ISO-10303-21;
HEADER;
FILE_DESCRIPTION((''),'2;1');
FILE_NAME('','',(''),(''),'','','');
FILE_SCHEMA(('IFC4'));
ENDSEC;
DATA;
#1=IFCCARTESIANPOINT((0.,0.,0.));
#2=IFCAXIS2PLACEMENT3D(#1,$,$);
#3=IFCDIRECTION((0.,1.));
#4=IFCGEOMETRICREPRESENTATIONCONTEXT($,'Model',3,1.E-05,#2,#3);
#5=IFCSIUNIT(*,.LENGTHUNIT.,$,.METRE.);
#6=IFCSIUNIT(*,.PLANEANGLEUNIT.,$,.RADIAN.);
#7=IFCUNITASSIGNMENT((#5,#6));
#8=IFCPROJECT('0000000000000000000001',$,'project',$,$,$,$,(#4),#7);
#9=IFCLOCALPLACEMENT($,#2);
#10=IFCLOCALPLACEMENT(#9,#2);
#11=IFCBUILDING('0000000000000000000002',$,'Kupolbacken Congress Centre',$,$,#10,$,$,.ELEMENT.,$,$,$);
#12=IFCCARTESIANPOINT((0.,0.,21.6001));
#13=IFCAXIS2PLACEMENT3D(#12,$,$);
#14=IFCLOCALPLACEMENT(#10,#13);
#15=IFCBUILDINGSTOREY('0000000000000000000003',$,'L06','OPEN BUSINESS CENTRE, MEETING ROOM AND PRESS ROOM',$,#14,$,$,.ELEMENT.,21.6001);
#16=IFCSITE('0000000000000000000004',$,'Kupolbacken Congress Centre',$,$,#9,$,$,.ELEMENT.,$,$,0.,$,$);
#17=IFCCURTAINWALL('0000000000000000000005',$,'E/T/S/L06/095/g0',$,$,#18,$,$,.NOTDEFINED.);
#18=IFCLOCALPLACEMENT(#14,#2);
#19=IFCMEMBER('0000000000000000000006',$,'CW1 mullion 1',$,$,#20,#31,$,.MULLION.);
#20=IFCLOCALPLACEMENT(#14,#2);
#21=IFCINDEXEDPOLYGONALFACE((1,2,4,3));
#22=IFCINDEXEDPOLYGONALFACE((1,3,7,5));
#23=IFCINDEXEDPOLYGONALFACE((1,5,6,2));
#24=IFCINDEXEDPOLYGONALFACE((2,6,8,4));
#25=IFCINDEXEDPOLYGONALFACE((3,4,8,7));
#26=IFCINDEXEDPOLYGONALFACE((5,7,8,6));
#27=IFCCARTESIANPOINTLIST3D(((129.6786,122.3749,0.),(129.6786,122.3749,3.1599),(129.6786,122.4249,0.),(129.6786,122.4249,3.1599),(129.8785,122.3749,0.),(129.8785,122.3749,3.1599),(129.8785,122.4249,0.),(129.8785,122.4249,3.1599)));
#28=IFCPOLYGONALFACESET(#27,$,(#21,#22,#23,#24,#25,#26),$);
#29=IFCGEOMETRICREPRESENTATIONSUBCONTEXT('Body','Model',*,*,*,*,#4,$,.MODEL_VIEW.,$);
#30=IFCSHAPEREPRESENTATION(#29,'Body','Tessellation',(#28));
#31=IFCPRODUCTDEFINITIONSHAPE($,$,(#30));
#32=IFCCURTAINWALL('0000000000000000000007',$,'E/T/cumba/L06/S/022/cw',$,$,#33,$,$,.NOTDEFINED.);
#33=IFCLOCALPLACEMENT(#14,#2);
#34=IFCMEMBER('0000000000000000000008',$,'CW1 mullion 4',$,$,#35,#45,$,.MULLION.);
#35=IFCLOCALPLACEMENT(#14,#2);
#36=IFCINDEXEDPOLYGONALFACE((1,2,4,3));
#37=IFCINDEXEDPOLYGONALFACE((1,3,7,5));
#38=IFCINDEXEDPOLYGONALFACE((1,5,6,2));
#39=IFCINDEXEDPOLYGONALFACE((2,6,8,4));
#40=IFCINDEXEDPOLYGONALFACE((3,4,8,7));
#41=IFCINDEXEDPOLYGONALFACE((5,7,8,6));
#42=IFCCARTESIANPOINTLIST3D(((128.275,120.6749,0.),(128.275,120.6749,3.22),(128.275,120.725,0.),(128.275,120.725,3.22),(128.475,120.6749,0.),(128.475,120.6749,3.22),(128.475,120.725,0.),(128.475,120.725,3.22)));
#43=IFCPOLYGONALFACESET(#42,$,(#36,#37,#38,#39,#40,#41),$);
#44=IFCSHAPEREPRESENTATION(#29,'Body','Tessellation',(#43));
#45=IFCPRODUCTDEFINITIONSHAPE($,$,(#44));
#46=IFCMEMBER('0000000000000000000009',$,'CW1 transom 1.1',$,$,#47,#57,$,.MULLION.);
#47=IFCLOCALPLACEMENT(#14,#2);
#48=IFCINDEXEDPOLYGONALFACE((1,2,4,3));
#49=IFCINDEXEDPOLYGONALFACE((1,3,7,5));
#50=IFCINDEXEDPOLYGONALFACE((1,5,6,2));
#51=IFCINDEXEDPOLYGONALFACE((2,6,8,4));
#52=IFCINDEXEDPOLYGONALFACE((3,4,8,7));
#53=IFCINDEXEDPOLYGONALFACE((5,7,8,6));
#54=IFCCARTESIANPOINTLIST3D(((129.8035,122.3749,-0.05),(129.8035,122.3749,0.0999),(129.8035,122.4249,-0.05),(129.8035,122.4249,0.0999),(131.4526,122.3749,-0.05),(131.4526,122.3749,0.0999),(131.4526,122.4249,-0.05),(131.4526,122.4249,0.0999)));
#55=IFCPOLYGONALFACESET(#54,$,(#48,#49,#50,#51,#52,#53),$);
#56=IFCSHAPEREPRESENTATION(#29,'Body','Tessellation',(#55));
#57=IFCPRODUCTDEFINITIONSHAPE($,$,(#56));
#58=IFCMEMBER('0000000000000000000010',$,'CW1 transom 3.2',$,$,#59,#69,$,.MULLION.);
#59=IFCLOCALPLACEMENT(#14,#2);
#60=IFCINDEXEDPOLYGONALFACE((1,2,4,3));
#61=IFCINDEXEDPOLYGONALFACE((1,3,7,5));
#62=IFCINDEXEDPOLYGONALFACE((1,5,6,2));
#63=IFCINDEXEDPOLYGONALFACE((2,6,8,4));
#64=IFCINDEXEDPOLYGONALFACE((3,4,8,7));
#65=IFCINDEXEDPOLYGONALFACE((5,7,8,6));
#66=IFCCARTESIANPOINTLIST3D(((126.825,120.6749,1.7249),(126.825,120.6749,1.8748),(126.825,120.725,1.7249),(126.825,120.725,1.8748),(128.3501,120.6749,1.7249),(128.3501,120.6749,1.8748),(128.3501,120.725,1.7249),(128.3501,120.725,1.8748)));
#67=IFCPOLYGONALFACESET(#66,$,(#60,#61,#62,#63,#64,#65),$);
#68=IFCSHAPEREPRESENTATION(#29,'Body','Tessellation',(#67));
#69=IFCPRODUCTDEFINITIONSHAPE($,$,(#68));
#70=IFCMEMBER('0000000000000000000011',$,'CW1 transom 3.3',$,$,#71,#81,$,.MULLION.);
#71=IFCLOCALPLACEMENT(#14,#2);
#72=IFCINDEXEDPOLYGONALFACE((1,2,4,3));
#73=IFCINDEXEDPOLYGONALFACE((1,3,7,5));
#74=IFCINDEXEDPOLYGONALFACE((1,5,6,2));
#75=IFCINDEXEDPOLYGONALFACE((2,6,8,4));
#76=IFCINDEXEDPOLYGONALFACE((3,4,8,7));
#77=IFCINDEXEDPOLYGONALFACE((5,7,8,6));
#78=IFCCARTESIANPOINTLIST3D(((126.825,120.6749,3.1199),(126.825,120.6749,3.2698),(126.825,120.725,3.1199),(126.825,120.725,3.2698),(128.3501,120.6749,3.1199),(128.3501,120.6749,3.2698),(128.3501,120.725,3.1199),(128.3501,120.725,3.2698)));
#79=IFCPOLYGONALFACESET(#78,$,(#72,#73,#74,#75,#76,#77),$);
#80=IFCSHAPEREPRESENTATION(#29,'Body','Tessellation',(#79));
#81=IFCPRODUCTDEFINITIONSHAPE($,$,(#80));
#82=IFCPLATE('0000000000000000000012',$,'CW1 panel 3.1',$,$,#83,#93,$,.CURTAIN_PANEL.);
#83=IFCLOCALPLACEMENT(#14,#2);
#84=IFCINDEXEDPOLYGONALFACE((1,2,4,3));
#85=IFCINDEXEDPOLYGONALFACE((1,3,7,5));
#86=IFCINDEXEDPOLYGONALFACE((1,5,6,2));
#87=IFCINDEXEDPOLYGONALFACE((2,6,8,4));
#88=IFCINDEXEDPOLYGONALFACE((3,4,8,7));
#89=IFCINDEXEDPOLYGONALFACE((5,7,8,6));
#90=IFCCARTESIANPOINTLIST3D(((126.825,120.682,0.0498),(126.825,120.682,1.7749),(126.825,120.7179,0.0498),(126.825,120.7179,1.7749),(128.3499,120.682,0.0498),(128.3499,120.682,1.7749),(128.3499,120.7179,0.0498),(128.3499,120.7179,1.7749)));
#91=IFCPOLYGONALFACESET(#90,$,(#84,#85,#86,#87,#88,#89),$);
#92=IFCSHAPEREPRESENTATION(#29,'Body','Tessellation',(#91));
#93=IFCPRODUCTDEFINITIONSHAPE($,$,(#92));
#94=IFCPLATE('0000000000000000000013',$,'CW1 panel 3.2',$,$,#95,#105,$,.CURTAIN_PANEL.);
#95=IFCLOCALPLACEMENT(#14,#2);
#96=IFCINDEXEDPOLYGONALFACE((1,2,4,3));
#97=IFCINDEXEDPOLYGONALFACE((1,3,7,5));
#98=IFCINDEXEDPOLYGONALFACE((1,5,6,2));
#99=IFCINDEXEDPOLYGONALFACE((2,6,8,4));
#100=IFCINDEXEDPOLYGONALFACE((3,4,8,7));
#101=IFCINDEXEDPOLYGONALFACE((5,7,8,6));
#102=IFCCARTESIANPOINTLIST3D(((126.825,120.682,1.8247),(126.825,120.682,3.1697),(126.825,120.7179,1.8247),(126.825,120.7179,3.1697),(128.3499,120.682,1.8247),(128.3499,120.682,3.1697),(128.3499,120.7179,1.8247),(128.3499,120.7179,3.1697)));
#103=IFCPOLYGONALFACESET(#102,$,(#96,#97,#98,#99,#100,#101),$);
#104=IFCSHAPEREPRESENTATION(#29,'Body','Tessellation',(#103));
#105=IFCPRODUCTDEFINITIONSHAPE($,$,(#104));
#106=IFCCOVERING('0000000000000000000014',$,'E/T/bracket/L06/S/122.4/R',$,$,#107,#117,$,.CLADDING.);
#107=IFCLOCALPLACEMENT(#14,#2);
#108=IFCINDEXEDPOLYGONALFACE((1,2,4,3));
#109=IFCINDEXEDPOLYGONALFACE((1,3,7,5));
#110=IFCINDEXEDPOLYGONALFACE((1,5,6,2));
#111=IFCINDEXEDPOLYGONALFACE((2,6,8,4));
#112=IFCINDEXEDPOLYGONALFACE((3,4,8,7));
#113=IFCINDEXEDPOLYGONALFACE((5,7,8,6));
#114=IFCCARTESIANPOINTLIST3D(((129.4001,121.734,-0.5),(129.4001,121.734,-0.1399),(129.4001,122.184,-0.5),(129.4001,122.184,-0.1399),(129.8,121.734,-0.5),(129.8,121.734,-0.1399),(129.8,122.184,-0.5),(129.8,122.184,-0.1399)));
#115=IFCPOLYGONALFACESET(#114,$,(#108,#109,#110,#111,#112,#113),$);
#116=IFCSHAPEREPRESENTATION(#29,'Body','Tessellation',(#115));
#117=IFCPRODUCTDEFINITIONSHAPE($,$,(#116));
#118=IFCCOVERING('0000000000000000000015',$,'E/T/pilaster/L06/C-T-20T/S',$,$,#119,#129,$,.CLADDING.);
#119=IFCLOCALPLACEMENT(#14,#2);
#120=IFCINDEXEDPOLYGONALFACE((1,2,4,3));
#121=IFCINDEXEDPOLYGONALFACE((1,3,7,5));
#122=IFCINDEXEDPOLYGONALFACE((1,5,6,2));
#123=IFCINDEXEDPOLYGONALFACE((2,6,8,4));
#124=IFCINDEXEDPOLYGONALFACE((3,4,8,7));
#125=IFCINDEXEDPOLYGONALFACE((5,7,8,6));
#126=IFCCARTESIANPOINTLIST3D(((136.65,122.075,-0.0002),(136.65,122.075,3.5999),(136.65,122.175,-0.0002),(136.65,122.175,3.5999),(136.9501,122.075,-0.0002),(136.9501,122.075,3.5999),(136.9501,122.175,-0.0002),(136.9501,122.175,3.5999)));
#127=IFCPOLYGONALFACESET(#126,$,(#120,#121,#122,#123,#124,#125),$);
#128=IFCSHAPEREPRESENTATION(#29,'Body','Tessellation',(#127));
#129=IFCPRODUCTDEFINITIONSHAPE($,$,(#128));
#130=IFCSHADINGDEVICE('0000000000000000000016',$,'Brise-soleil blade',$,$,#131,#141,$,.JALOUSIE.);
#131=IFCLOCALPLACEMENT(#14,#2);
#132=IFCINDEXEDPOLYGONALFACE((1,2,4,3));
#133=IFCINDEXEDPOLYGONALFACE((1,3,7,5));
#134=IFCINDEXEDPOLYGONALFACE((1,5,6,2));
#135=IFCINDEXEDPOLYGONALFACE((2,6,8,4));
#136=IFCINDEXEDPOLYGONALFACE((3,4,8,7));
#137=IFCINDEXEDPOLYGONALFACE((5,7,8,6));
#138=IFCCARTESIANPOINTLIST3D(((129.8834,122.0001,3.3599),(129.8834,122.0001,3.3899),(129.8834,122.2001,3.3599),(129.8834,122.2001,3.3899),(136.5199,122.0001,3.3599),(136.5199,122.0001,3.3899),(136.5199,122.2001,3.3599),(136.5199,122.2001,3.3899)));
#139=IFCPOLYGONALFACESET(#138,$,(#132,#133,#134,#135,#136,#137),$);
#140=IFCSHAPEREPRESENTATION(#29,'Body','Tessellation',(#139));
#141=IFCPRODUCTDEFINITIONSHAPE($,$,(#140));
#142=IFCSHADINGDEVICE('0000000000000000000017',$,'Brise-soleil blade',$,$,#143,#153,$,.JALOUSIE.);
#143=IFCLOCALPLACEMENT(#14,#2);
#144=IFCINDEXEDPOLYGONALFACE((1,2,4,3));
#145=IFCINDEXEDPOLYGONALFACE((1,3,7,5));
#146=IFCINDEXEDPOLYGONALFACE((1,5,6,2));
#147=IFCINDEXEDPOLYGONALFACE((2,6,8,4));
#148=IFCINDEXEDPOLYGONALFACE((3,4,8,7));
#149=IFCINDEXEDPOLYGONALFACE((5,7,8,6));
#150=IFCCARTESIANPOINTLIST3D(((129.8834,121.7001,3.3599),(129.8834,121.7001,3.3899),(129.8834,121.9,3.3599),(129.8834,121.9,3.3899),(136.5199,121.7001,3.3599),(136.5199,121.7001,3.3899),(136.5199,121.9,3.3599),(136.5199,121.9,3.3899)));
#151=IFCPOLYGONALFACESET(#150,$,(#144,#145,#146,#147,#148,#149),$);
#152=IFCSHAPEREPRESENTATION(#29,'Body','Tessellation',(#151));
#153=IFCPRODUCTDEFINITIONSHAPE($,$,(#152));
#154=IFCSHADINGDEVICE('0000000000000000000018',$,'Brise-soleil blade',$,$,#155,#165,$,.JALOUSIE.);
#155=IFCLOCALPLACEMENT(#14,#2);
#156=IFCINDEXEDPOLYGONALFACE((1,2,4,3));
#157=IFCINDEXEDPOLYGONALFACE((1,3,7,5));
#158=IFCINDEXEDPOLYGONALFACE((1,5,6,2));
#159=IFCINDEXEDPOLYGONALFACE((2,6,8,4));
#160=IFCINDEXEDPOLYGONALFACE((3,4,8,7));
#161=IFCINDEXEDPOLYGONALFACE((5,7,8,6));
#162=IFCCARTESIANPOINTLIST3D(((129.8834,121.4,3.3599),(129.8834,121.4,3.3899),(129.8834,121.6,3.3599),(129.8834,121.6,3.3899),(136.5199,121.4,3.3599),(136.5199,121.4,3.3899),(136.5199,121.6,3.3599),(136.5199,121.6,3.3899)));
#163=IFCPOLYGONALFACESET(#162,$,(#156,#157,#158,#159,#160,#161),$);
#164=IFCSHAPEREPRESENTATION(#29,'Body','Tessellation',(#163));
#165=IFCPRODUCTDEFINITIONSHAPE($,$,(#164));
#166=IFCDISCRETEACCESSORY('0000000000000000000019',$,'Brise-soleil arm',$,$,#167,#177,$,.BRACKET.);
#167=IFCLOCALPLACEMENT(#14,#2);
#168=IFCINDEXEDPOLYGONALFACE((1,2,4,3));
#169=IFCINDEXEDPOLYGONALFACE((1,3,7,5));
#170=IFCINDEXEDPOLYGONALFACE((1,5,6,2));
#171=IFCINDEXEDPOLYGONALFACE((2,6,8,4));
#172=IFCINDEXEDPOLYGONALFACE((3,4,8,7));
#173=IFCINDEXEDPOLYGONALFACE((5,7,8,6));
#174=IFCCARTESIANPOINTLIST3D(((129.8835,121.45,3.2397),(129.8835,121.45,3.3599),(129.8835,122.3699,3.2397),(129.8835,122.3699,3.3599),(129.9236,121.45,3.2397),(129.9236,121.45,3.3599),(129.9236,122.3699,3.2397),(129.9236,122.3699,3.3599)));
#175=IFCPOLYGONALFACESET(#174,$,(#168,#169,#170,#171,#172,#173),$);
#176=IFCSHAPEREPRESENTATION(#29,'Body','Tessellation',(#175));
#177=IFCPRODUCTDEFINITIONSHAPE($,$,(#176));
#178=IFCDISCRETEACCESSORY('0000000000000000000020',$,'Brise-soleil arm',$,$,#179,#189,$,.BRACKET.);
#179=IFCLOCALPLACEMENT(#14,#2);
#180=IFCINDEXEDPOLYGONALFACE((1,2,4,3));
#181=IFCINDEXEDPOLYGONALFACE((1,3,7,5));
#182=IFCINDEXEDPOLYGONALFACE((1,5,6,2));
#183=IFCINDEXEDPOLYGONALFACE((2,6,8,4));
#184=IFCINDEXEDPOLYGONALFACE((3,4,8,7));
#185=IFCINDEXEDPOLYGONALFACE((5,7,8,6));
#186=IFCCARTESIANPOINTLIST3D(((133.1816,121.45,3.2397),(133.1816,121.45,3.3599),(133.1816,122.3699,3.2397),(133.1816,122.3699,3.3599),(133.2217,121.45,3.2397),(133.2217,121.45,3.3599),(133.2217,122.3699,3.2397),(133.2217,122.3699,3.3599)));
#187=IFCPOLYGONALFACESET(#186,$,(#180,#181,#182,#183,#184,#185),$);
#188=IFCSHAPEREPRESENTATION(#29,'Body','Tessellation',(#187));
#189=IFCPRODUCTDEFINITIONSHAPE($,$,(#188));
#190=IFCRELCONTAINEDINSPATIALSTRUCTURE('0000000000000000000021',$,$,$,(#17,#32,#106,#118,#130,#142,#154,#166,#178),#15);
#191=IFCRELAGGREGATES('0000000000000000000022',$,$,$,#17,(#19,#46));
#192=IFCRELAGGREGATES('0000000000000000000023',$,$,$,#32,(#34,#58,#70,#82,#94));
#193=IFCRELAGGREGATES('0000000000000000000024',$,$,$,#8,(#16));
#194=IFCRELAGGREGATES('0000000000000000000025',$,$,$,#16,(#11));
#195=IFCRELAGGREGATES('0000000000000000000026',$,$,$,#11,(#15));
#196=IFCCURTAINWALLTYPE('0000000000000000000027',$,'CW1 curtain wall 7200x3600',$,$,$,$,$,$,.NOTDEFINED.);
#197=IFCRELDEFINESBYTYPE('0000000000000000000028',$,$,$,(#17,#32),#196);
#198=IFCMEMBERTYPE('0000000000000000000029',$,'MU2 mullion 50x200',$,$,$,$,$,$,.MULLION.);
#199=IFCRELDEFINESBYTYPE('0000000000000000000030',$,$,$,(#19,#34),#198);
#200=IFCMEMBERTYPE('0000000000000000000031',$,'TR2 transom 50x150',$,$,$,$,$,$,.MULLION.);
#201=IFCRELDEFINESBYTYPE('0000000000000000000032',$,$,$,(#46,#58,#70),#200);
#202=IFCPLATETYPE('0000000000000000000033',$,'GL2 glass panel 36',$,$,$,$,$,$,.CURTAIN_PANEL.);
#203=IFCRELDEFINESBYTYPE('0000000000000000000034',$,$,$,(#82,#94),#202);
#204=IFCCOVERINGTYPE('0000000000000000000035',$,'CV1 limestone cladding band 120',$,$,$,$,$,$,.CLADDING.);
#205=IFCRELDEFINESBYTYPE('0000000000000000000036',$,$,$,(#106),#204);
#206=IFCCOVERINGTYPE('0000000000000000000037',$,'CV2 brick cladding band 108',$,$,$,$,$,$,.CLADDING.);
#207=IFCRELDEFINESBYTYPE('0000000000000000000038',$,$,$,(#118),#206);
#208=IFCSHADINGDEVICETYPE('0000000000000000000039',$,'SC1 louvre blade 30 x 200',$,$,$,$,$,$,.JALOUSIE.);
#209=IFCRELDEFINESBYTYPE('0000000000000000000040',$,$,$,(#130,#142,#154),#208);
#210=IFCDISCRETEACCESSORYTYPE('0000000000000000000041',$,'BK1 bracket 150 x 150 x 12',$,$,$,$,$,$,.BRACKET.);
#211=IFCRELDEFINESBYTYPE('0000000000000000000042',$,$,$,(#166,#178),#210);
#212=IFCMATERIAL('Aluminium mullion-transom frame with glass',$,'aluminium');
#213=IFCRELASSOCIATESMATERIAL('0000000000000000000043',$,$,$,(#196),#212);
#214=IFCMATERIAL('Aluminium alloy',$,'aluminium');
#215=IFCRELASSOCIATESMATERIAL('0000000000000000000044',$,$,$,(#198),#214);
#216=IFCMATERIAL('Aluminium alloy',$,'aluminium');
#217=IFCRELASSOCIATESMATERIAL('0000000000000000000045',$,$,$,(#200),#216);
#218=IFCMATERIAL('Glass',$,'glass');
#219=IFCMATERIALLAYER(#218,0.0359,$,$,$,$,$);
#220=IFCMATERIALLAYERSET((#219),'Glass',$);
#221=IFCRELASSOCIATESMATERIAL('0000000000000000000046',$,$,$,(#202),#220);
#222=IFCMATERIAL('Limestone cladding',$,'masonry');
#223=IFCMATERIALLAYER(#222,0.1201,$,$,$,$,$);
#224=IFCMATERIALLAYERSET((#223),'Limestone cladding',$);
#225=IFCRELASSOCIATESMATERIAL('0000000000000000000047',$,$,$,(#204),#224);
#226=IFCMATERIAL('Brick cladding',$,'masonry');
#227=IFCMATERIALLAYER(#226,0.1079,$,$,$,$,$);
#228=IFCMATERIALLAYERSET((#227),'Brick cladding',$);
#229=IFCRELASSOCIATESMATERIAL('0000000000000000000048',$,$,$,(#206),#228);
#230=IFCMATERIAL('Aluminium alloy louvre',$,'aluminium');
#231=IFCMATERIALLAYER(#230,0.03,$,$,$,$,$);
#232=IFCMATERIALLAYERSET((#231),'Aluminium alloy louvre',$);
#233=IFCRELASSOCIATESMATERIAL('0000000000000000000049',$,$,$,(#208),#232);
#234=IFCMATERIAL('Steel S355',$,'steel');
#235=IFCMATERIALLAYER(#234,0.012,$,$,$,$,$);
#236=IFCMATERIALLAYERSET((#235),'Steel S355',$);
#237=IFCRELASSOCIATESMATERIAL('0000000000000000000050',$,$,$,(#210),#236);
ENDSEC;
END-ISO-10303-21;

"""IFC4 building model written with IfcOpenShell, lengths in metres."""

from ifc_helpers import new_model, si_unit, direction, frame, origin, origin_2d, place, context, subcontext, project, spatial, rectangle, extrude, material, layer, layer_set, material_profile, profile_set, type_object, element, aggregate, save


model = new_model("IFC4")

# Units and contexts
model_context = context("Model", 3, precision=1e-05, world=origin(), true_north=direction((0.0, 1.0)))
body_context = subcontext(model_context, "Body", "Model", "MODEL_VIEW")
ifc_project = project(units=[si_unit("LENGTHUNIT", "METRE"), si_unit("PLANEANGLEUNIT", "RADIAN")], contexts=[model_context])

# Site, building, storey
site_placement = place(None, origin())
site = spatial("IfcSite", under=ifc_project, at=site_placement, Name="Kupolbacken Congress Centre", CompositionType="ELEMENT", RefElevation=0.0)
building_placement = place(site_placement, origin())
building = spatial("IfcBuilding", under=site, at=building_placement, Name="Kupolbacken Congress Centre", CompositionType="ELEMENT")
storey_placement = place(building_placement, frame((0.0, 0.0, 21.6001)))
storey = spatial("IfcBuildingStorey", under=building, at=storey_placement, Name="L06", Description="OPEN BUSINESS CENTRE, MEETING ROOM AND PRESS ROOM", CompositionType="ELEMENT", Elevation=21.6001)

# Curtain walls, members
ifc_material_1 = material(Name="Aluminium mullion-transom frame with glass", Category="aluminium")
curtain_wall_type = type_object("IfcCurtainWallType", Name="CW1 curtain wall 7200x3600", PredefinedType="NOTDEFINED", material=ifc_material_1)
curtain_wall_1_placement = place(storey_placement, origin())
curtain_wall_1 = element("IfcCurtainWall", 1, at=curtain_wall_1_placement, inside=storey, type_object=curtain_wall_type, Name="E/T/S/L06/095/g0", PredefinedType="NOTDEFINED")
ifc_material_2 = material(Name="Aluminium alloy", Category="aluminium")
ifc_material_profile_1 = material_profile(ifc_material_2, rectangle(XDim=0.05, YDim=0.2, at=origin_2d()), Name="50 x 200")
ifc_profile_set_1 = profile_set([ifc_material_profile_1], Name="Aluminium alloy")
member_type_1 = type_object("IfcMemberType", Name="MU2 mullion 50x200", PredefinedType="MULLION", material=ifc_profile_set_1)
member_1_placement = place(storey_placement, frame((129.7786, 122.3999, 0.0), z_axis=(0.0, 0.0, 1.0), x_axis=(0.0, 1.0, 0.0)))
member_1 = element("IfcMember", 2, at=member_1_placement, type_object=member_type_1, Name="CW1 mullion 1", PredefinedType="MULLION", context=body_context, shape_type="SweptSolid", body=[
    extrude(rectangle(XDim=0.05, YDim=0.2, at=origin_2d()), origin(), (0.0, 0.0, 1.0), 3.1599),
])
curtain_wall_2_placement = place(storey_placement, origin())
curtain_wall_2 = element("IfcCurtainWall", 3, at=curtain_wall_2_placement, inside=storey, type_object=curtain_wall_type, Name="E/T/cumba/L06/S/022/cw", PredefinedType="NOTDEFINED")
member_2_placement = place(storey_placement, frame((128.375, 120.7, 0.0), z_axis=(0.0, 0.0, 1.0), x_axis=(0.0, 1.0, 0.0)))
member_2 = element("IfcMember", 4, at=member_2_placement, type_object=member_type_1, Name="CW1 mullion 4", PredefinedType="MULLION", context=body_context, shape_type="SweptSolid", body=[
    extrude(rectangle(XDim=0.05, YDim=0.2, at=origin_2d()), origin(), (0.0, 0.0, 1.0), 3.22),
])

# Members
ifc_material_3 = material(Name="Aluminium alloy", Category="aluminium")
ifc_material_profile_2 = material_profile(ifc_material_3, rectangle(XDim=0.05, YDim=0.1499, at=origin_2d()), Name="50 x 150")
ifc_profile_set_2 = profile_set([ifc_material_profile_2], Name="Aluminium alloy")
member_type_2 = type_object("IfcMemberType", Name="TR2 transom 50x150", PredefinedType="MULLION", material=ifc_profile_set_2)
member_3_placement = place(storey_placement, frame((129.8035, 122.3999, 0.0249), z_axis=(1.0, 0.0, 0.0), x_axis=(0.0, 1.0, 0.0)))
member_3 = element("IfcMember", 5, at=member_3_placement, type_object=member_type_2, Name="CW1 transom 1.1", PredefinedType="MULLION", context=body_context, shape_type="SweptSolid", body=[
    extrude(rectangle(XDim=0.05, YDim=0.1499, at=origin_2d()), origin(), (0.0, 0.0, 1.0), 1.6492),
])
aggregate(curtain_wall_1, [member_1, member_3])
member_4_placement = place(storey_placement, frame((126.825, 120.7, 1.7998), z_axis=(1.0, 0.0, 0.0), x_axis=(0.0, 1.0, 0.0)))
member_4 = element("IfcMember", 6, at=member_4_placement, type_object=member_type_2, Name="CW1 transom 3.2", PredefinedType="MULLION", context=body_context, shape_type="SweptSolid", body=[
    extrude(rectangle(XDim=0.05, YDim=0.1499, at=origin_2d()), origin(), (0.0, 0.0, 1.0), 1.5251),
])
member_5_placement = place(storey_placement, frame((126.825, 120.7, 3.1948), z_axis=(1.0, 0.0, 0.0), x_axis=(0.0, 1.0, 0.0)))
member_5 = element("IfcMember", 7, at=member_5_placement, type_object=member_type_2, Name="CW1 transom 3.3", PredefinedType="MULLION", context=body_context, shape_type="SweptSolid", body=[
    extrude(rectangle(XDim=0.05, YDim=0.1499, at=origin_2d()), origin(), (0.0, 0.0, 1.0), 1.5251),
])

# Plates
ifc_material_4 = material(Name="Glass", Category="glass")
ifc_layer_1 = layer(ifc_material_4, 0.0359)
ifc_layer_set_1 = layer_set([ifc_layer_1], Name="Glass")
plate_type = type_object("IfcPlateType", Name="GL2 glass panel 36", PredefinedType="CURTAIN_PANEL", material=ifc_layer_set_1)
plate_1_placement = place(storey_placement, frame((127.5874, 120.7, 0.0498), z_axis=(0.0, 0.0, 1.0), x_axis=(1.0, 0.0, 0.0)))
plate_1 = element("IfcPlate", 8, at=plate_1_placement, type_object=plate_type, Name="CW1 panel 3.1", PredefinedType="CURTAIN_PANEL", context=body_context, shape_type="SweptSolid", body=[
    extrude(rectangle(XDim=1.5249, YDim=0.0359, at=origin_2d()), origin(), (0.0, 0.0, 1.0), 1.7251),
])
plate_2_placement = place(storey_placement, frame((127.5874, 120.7, 1.8247), z_axis=(0.0, 0.0, 1.0), x_axis=(1.0, 0.0, 0.0)))
plate_2 = element("IfcPlate", 9, at=plate_2_placement, type_object=plate_type, Name="CW1 panel 3.2", PredefinedType="CURTAIN_PANEL", context=body_context, shape_type="SweptSolid", body=[
    extrude(rectangle(XDim=1.5249, YDim=0.0359, at=origin_2d()), origin(), (0.0, 0.0, 1.0), 1.345),
])
aggregate(curtain_wall_2, [member_2, member_4, member_5, plate_1, plate_2])

# Coverings
ifc_material_5 = material(Name="Limestone cladding", Category="masonry")
ifc_layer_2 = layer(ifc_material_5, 0.1201)
ifc_layer_set_2 = layer_set([ifc_layer_2], Name="Limestone cladding")
covering_type_1 = type_object("IfcCoveringType", Name="CV1 limestone cladding band 120", PredefinedType="CLADDING", material=ifc_layer_set_2)
covering_1_placement = place(storey_placement, frame((129.6001, 121.959, -0.5), z_axis=(0.0, 0.0, 1.0), x_axis=(1.0, 0.0, 0.0)))
element("IfcCovering", 10, at=covering_1_placement, inside=storey, type_object=covering_type_1, Name="E/T/bracket/L06/S/122.4/R", PredefinedType="CLADDING", context=body_context, shape_type="SweptSolid", body=[
    extrude(rectangle(XDim=0.3999, YDim=0.45, at=origin_2d()), origin(), (0.0, 0.0, 1.0), 0.3601),
])
ifc_material_6 = material(Name="Brick cladding", Category="masonry")
ifc_layer_3 = layer(ifc_material_6, 0.1079)
ifc_layer_set_3 = layer_set([ifc_layer_3], Name="Brick cladding")
covering_type_2 = type_object("IfcCoveringType", Name="CV2 brick cladding band 108", PredefinedType="CLADDING", material=ifc_layer_set_3)
covering_2_placement = place(storey_placement, frame((136.8, 122.125, -0.0002), z_axis=(0.0, 0.0, 1.0), x_axis=(1.0, 0.0, 0.0)))
element("IfcCovering", 11, at=covering_2_placement, inside=storey, type_object=covering_type_2, Name="E/T/pilaster/L06/C-T-20T/S", PredefinedType="CLADDING", context=body_context, shape_type="SweptSolid", body=[
    extrude(rectangle(XDim=0.3, YDim=0.1001, at=origin_2d()), origin(), (0.0, 0.0, 1.0), 3.6001),
])

# Shading devices
ifc_material_7 = material(Name="Aluminium alloy louvre", Category="aluminium")
ifc_layer_4 = layer(ifc_material_7, 0.03)
ifc_layer_set_4 = layer_set([ifc_layer_4], Name="Aluminium alloy louvre")
shading_device_type = type_object("IfcShadingDeviceType", Name="SC1 louvre blade 30 x 200", PredefinedType="JALOUSIE", material=ifc_layer_set_4)
for number, where, z_axis, x_axis, name in (
    (12, (133.2017, 122.1001, 3.3599), (0.0, 0.0, 1.0), (1.0, 0.0, 0.0), "Brise-soleil blade"),
    (13, (133.2017, 121.8, 3.3599), (0.0, 0.0, 1.0), (1.0, 0.0, 0.0), "Brise-soleil blade"),
    (14, (133.2017, 121.5, 3.3599), (0.0, 0.0, 1.0), (1.0, 0.0, 0.0), "Brise-soleil blade"),
):
    element("IfcShadingDevice", number, at=place(storey_placement, frame(where, z_axis=z_axis, x_axis=x_axis)), inside=storey, type_object=shading_device_type, Name=name, PredefinedType="JALOUSIE", context=body_context, shape_type="SweptSolid", body=[
        extrude(rectangle(XDim=6.6365, YDim=0.2, at=origin_2d()), origin(), (0.0, 0.0, 1.0), 0.03),
    ])

# Discrete accessories
ifc_material_8 = material(Name="Steel S355", Category="steel")
ifc_layer_5 = layer(ifc_material_8, 0.012)
ifc_layer_set_5 = layer_set([ifc_layer_5], Name="Steel S355")
discrete_accessory_type_1 = type_object("IfcDiscreteAccessoryType", Name="BK1 bracket 150 x 150 x 12", PredefinedType="BRACKET", material=ifc_layer_set_5)
for number, where, z_axis, x_axis, name in (
    (15, (129.9036, 121.9099, 3.2397), (0.0, 0.0, 1.0), (1.0, 0.0, 0.0), "Brise-soleil arm"),
    (16, (133.2017, 121.9099, 3.2397), (0.0, 0.0, 1.0), (1.0, 0.0, 0.0), "Brise-soleil arm"),
):
    element("IfcDiscreteAccessory", number, at=place(storey_placement, frame(where, z_axis=z_axis, x_axis=x_axis)), inside=storey, type_object=discrete_accessory_type_1, Name=name, PredefinedType="BRACKET", context=body_context, shape_type="SweptSolid", body=[
        extrude(rectangle(XDim=0.04, YDim=0.9199, at=origin_2d()), origin(), (0.0, 0.0, 1.0), 0.1201),
    ])

save(model, "model.ifc")
